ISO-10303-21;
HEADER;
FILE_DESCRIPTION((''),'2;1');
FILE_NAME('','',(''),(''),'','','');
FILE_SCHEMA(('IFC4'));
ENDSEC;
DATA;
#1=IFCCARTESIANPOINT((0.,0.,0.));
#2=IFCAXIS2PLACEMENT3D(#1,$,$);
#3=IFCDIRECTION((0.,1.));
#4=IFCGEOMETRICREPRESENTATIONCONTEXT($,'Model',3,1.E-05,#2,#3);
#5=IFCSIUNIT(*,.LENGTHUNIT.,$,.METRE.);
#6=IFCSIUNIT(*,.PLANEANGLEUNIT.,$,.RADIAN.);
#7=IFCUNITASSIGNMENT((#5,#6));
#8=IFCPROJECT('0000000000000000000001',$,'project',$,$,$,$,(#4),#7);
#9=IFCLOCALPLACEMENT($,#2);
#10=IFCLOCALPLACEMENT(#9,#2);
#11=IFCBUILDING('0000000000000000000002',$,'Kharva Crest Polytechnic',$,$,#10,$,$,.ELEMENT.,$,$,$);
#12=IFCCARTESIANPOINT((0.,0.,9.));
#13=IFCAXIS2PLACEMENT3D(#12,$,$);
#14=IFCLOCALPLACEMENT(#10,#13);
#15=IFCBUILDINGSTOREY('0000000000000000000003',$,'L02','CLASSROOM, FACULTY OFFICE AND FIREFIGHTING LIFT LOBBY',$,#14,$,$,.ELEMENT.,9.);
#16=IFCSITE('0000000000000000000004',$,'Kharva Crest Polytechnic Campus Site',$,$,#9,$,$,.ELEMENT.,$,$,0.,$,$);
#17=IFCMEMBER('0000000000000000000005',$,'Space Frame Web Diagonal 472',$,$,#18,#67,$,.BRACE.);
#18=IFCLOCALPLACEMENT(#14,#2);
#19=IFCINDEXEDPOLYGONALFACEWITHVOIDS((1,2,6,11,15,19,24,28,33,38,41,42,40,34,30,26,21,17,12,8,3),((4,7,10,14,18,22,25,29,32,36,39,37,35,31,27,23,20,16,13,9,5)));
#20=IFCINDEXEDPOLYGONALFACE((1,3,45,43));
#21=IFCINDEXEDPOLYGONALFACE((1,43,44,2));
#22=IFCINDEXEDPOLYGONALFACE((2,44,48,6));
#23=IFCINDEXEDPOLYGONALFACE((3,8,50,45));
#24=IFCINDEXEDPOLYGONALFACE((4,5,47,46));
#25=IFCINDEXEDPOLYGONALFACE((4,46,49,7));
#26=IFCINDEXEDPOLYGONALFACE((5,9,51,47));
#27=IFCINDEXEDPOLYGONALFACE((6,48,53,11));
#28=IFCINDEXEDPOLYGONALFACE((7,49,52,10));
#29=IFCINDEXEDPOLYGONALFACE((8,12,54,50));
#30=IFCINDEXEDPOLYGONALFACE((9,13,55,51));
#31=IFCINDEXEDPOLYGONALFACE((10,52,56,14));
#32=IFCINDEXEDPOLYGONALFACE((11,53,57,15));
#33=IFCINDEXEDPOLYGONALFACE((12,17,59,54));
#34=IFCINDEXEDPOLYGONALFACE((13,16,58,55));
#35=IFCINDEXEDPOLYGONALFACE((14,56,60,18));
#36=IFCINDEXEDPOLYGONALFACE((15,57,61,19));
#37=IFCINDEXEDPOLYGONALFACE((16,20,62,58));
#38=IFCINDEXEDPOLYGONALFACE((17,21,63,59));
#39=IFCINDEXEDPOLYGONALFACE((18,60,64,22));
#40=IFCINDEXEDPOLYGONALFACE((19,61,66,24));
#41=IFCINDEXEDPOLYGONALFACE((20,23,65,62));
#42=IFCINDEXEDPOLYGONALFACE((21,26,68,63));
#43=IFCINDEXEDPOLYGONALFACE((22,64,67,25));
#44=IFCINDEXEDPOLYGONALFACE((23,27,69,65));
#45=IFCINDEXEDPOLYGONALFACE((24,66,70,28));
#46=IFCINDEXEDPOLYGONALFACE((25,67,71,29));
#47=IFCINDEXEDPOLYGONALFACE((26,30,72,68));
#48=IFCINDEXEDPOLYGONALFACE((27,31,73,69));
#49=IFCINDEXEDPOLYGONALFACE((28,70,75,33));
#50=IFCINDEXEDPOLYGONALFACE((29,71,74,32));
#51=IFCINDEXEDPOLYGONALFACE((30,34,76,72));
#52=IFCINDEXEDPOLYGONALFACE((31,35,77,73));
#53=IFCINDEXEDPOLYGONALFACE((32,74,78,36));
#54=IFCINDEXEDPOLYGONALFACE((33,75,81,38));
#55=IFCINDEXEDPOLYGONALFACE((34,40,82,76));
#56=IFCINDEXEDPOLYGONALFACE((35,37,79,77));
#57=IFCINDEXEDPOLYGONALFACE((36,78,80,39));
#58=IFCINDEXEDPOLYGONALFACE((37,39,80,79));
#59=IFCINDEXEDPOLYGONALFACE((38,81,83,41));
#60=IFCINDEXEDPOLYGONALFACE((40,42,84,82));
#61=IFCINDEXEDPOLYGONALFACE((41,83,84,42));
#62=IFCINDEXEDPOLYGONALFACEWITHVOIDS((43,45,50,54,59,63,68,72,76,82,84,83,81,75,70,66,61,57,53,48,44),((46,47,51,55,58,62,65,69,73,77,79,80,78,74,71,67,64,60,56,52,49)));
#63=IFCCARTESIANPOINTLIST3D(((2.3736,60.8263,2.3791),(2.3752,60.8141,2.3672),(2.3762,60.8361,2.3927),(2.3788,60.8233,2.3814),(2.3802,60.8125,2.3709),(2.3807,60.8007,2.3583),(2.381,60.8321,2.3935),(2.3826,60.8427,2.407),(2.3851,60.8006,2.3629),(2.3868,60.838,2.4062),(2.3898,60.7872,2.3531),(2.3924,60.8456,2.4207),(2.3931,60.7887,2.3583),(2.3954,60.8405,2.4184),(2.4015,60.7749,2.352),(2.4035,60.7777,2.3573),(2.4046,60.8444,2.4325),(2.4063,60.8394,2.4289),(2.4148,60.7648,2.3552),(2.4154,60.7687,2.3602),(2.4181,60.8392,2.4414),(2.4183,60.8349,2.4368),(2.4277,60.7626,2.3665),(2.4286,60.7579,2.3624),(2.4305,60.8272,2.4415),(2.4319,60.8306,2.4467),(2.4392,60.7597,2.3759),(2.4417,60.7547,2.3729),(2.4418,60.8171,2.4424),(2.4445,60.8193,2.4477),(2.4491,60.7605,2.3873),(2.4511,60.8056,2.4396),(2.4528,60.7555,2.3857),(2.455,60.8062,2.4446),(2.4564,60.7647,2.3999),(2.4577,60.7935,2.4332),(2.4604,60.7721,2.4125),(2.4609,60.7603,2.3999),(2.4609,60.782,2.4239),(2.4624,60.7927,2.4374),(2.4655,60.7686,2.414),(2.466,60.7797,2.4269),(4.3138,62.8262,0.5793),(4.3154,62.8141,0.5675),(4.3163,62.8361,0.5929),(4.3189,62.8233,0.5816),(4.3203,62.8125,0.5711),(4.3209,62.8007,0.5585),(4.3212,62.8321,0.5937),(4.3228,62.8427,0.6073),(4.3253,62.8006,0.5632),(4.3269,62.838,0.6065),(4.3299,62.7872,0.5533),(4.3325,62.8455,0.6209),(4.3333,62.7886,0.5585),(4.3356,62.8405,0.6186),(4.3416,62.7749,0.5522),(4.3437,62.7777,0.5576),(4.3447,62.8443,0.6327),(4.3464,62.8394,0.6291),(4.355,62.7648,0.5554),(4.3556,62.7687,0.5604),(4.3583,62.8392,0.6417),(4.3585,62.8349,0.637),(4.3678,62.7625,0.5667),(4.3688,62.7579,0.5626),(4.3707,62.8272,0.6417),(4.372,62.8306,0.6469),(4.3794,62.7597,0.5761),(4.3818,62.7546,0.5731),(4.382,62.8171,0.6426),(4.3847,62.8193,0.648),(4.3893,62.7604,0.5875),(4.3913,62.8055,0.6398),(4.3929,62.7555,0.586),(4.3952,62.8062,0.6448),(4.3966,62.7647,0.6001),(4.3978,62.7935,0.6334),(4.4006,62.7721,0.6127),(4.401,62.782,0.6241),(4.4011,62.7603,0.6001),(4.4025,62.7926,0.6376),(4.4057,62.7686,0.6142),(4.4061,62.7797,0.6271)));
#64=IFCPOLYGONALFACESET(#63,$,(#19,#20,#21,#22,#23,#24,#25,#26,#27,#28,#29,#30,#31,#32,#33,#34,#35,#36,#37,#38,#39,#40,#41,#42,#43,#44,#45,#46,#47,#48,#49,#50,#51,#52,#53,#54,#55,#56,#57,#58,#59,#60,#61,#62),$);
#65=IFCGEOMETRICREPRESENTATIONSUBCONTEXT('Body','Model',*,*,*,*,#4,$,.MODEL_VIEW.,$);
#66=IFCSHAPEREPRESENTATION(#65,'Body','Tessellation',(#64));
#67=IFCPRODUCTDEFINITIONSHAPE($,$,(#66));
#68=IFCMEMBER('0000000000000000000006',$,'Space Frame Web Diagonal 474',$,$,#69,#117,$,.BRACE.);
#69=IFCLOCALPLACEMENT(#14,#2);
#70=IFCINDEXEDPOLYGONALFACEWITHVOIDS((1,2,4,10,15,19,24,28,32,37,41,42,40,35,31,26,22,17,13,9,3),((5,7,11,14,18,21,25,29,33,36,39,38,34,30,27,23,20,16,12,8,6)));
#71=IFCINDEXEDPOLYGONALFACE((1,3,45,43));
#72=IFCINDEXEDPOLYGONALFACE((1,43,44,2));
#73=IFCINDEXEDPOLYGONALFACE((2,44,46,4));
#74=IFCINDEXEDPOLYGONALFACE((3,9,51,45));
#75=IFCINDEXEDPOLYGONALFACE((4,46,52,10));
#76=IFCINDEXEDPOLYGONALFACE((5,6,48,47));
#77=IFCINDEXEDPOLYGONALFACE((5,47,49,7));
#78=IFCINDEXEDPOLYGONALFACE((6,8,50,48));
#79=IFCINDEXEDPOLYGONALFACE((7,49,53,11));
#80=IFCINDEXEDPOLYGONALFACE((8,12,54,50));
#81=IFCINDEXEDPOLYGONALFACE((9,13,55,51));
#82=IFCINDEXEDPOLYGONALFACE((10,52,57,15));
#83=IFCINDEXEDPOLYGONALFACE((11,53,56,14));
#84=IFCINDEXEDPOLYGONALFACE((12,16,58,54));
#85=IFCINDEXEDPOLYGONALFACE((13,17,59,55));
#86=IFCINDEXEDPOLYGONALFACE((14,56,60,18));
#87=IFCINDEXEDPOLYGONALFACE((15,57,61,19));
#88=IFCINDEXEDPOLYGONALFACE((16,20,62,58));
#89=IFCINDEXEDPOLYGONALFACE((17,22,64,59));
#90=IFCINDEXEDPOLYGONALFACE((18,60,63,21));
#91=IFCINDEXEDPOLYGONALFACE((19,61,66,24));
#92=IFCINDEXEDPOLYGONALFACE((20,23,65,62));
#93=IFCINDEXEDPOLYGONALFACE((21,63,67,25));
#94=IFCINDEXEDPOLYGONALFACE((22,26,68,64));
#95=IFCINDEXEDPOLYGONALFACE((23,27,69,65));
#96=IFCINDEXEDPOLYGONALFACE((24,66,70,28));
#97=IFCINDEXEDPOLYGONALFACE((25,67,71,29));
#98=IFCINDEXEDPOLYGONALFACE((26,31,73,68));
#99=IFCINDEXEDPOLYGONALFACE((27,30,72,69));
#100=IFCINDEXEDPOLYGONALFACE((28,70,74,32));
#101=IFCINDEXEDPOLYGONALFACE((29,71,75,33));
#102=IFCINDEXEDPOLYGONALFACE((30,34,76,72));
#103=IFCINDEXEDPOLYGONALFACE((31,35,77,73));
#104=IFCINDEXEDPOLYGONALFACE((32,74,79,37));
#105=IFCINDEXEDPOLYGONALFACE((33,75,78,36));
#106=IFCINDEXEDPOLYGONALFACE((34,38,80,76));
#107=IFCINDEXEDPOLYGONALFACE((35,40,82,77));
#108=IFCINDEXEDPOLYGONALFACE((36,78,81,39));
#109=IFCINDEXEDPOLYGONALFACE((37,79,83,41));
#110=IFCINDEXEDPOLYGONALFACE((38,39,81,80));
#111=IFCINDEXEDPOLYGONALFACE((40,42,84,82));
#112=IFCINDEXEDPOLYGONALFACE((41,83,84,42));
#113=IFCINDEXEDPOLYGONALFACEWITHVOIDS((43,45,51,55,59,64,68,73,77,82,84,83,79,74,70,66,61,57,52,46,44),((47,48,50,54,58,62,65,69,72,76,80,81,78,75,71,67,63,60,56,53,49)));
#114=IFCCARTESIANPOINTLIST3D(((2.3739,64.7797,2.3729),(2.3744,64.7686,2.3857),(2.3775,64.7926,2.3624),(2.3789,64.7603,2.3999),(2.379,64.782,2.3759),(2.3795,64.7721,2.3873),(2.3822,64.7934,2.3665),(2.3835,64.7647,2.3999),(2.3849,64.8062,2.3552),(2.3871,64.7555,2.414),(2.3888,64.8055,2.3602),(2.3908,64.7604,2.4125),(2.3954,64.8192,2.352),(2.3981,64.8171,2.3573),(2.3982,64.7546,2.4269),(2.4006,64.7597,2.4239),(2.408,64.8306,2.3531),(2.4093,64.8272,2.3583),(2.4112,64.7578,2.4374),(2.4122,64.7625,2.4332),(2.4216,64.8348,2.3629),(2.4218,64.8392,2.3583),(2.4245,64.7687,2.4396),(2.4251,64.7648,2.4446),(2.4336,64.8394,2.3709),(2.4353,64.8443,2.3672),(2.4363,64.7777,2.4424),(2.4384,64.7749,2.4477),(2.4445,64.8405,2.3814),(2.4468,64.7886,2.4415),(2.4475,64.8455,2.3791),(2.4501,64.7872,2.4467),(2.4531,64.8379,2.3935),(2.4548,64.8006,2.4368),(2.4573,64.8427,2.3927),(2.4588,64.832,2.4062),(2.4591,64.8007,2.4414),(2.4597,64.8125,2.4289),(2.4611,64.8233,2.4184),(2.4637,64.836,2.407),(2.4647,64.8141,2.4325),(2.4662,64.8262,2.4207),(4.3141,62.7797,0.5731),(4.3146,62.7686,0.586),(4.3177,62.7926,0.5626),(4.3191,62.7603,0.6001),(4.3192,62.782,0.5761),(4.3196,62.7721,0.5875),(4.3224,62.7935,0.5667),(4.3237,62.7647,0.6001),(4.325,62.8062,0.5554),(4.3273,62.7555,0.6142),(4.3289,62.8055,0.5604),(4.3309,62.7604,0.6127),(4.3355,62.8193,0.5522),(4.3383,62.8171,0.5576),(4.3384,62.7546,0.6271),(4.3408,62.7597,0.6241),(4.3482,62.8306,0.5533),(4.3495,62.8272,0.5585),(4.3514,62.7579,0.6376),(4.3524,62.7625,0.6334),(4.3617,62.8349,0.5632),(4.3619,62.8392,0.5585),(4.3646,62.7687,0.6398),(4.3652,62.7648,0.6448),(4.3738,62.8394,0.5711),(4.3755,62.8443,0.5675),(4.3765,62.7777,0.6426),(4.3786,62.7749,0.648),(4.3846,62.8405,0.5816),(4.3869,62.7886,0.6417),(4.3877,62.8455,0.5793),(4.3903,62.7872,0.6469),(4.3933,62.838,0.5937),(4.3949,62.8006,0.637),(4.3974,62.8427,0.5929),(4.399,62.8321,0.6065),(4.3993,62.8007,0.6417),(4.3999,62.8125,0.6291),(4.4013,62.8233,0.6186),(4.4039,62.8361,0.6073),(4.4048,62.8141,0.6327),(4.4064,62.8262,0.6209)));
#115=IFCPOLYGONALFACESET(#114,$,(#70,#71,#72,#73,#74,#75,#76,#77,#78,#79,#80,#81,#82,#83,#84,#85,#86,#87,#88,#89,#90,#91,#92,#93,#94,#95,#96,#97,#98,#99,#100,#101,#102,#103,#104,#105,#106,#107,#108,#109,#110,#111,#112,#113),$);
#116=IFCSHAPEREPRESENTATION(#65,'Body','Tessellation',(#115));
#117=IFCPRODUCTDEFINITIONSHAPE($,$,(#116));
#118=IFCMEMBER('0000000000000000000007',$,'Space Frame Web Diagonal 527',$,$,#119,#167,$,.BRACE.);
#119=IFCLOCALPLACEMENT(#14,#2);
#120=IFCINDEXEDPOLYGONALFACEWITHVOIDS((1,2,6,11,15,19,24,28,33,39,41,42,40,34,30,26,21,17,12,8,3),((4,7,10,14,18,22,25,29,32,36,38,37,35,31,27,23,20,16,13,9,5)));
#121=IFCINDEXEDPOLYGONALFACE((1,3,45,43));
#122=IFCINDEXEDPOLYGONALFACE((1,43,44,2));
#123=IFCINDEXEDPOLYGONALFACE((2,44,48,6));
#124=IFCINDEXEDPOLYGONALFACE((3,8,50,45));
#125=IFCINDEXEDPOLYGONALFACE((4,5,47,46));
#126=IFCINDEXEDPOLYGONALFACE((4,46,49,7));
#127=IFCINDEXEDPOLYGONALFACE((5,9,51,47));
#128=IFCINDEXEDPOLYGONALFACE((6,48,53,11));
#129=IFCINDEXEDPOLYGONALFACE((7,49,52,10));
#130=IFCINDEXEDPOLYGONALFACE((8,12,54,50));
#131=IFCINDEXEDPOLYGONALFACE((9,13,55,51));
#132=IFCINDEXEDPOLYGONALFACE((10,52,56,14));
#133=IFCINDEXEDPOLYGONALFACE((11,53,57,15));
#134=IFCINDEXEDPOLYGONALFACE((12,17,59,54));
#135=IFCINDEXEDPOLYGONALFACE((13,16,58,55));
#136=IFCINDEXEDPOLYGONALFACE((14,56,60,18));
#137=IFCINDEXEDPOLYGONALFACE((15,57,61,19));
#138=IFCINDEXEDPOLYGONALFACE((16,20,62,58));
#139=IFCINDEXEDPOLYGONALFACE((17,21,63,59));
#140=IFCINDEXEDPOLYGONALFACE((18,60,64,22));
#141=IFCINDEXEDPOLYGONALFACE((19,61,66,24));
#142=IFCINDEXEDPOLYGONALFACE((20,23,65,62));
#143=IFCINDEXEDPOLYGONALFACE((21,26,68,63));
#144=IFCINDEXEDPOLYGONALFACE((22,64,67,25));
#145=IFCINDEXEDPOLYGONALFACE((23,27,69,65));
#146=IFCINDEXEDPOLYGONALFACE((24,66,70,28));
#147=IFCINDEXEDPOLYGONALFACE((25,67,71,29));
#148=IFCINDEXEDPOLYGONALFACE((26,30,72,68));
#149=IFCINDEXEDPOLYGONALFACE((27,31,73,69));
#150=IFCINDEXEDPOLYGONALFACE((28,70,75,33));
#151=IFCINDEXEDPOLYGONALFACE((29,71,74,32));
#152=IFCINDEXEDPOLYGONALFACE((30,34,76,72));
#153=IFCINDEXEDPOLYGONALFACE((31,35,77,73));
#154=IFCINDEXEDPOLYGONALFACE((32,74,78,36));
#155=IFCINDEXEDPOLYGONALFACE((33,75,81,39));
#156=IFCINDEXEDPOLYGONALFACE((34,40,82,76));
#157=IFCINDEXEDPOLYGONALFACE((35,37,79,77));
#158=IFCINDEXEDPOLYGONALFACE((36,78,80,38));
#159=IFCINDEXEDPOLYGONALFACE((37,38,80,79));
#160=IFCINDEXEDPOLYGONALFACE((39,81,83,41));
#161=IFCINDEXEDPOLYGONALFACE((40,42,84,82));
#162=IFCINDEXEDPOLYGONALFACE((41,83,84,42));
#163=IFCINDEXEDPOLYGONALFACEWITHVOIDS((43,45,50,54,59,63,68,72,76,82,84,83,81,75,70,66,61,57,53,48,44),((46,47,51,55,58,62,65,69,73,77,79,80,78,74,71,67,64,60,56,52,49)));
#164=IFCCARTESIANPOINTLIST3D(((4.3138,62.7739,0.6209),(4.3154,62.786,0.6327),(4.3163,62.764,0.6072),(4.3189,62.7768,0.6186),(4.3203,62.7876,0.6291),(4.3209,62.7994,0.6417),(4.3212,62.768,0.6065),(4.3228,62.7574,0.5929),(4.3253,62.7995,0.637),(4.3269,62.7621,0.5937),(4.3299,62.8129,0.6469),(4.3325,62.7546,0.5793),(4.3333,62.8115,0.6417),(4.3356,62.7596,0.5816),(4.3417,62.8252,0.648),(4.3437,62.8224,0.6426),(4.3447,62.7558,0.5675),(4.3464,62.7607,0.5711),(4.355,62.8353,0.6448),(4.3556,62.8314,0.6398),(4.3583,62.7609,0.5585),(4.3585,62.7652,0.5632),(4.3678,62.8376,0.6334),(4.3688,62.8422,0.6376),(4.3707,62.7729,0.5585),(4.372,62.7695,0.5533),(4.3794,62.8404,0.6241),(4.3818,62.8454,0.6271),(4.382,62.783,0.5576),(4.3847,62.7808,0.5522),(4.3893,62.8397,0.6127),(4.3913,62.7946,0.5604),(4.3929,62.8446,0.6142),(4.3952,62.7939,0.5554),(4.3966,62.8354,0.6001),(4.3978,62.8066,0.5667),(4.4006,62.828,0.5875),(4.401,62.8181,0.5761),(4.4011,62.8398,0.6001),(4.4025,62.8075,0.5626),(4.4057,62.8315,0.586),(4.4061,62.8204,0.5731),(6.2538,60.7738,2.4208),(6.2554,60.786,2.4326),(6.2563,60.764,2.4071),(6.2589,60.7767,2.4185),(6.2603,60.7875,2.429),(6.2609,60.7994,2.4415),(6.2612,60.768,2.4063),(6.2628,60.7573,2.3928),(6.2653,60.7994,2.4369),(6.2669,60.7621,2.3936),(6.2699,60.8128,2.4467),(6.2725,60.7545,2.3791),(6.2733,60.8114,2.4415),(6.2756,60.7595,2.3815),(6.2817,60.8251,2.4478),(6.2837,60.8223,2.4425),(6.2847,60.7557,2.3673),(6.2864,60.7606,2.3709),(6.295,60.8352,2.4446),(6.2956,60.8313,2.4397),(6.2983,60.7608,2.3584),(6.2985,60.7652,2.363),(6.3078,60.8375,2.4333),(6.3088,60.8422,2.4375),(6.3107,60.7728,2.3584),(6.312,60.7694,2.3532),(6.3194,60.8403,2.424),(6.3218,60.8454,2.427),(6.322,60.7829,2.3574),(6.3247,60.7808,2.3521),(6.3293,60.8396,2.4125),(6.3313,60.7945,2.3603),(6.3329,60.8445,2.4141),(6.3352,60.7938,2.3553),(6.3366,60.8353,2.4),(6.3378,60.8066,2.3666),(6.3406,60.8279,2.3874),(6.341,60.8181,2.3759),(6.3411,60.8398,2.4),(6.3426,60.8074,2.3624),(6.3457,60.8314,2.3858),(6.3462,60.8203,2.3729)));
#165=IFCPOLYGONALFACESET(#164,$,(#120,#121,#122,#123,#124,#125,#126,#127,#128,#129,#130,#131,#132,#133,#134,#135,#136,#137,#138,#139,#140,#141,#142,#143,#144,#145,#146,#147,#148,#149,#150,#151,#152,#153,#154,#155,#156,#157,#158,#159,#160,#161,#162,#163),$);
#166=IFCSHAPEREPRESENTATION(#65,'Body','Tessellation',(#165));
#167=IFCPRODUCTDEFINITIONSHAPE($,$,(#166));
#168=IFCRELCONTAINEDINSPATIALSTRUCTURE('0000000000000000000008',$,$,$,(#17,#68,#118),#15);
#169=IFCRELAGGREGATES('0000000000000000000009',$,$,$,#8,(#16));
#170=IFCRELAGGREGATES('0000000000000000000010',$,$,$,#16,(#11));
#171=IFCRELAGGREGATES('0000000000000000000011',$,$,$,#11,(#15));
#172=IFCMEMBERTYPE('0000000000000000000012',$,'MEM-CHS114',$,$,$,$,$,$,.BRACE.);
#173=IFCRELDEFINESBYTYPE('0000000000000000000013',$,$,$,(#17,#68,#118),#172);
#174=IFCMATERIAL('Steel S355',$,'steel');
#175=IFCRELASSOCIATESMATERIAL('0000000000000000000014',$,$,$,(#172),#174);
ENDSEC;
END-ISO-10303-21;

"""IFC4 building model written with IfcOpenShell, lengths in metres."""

from ifc_helpers import new_model, si_unit, direction, frame, origin, origin_2d, place, context, subcontext, project, spatial, hollow_circle, extrude, material, material_profile, profile_set, type_object, element, save


model = new_model("IFC4")

# Units and contexts
model_context = context("Model", 3, precision=1e-05, world=origin(), true_north=direction((0.0, 1.0)))
body_context = subcontext(model_context, "Body", "Model", "MODEL_VIEW")
ifc_project = project(units=[si_unit("LENGTHUNIT", "METRE"), si_unit("PLANEANGLEUNIT", "RADIAN")], contexts=[model_context])

# Site, building, storey
site_placement = place(None, origin())
site = spatial("IfcSite", under=ifc_project, at=site_placement, Name="Kharva Crest Polytechnic Campus Site", CompositionType="ELEMENT", RefElevation=0.0)
building_placement = place(site_placement, origin())
building = spatial("IfcBuilding", under=site, at=building_placement, Name="Kharva Crest Polytechnic", CompositionType="ELEMENT")
storey_placement = place(building_placement, frame((0.0, 0.0, 9.0)))
storey = spatial("IfcBuildingStorey", under=building, at=storey_placement, Name="L02", Description="CLASSROOM, FACULTY OFFICE AND FIREFIGHTING LIFT LOBBY", CompositionType="ELEMENT", Elevation=9.0)

# Shared definitions
ifc_material_1 = material(Name="Steel S355", Category="steel")

# Members
ifc_material_profile_1 = material_profile(ifc_material_1, hollow_circle(Radius=0.0571, WallThickness=0.0063, at=origin_2d()), Name="CHS 114.3X6.3")
ifc_profile_set_1 = profile_set([ifc_material_profile_1], Name="Steel S355")
member_type_1 = type_object("IfcMemberType", Name="MEM-CHS114", PredefinedType="BRACE", material=ifc_profile_set_1)
for number, where, z_axis, x_axis, name in (
    (1, (4.3601, 62.8, 0.6001), (-0.584892, -0.602924, 0.542572), (0.717758, -0.696292, 0.0), "Space Frame Web Diagonal 472"),
    (2, (4.3601, 62.8, 0.6001), (-0.584892, 0.602924, 0.542572), (-0.717758, -0.696292, 0.0), "Space Frame Web Diagonal 474"),
    (3, (4.3601, 62.8, 0.6001), (0.584843, -0.60295, 0.542596), (0.717802, 0.696247, 0.0), "Space Frame Web Diagonal 527"),
):
    element("IfcMember", number, at=place(storey_placement, frame(where, z_axis=z_axis, x_axis=x_axis)), inside=storey, type_object=member_type_1, Name=name, PredefinedType="BRACE", context=body_context, shape_type="SweptSolid", body=[
        extrude(hollow_circle(Radius=0.0571, WallThickness=0.0063, at=origin_2d()), origin(), (0.0, 0.0, 1.0), 3.3171),
    ])

save(model, "model.ifc")
